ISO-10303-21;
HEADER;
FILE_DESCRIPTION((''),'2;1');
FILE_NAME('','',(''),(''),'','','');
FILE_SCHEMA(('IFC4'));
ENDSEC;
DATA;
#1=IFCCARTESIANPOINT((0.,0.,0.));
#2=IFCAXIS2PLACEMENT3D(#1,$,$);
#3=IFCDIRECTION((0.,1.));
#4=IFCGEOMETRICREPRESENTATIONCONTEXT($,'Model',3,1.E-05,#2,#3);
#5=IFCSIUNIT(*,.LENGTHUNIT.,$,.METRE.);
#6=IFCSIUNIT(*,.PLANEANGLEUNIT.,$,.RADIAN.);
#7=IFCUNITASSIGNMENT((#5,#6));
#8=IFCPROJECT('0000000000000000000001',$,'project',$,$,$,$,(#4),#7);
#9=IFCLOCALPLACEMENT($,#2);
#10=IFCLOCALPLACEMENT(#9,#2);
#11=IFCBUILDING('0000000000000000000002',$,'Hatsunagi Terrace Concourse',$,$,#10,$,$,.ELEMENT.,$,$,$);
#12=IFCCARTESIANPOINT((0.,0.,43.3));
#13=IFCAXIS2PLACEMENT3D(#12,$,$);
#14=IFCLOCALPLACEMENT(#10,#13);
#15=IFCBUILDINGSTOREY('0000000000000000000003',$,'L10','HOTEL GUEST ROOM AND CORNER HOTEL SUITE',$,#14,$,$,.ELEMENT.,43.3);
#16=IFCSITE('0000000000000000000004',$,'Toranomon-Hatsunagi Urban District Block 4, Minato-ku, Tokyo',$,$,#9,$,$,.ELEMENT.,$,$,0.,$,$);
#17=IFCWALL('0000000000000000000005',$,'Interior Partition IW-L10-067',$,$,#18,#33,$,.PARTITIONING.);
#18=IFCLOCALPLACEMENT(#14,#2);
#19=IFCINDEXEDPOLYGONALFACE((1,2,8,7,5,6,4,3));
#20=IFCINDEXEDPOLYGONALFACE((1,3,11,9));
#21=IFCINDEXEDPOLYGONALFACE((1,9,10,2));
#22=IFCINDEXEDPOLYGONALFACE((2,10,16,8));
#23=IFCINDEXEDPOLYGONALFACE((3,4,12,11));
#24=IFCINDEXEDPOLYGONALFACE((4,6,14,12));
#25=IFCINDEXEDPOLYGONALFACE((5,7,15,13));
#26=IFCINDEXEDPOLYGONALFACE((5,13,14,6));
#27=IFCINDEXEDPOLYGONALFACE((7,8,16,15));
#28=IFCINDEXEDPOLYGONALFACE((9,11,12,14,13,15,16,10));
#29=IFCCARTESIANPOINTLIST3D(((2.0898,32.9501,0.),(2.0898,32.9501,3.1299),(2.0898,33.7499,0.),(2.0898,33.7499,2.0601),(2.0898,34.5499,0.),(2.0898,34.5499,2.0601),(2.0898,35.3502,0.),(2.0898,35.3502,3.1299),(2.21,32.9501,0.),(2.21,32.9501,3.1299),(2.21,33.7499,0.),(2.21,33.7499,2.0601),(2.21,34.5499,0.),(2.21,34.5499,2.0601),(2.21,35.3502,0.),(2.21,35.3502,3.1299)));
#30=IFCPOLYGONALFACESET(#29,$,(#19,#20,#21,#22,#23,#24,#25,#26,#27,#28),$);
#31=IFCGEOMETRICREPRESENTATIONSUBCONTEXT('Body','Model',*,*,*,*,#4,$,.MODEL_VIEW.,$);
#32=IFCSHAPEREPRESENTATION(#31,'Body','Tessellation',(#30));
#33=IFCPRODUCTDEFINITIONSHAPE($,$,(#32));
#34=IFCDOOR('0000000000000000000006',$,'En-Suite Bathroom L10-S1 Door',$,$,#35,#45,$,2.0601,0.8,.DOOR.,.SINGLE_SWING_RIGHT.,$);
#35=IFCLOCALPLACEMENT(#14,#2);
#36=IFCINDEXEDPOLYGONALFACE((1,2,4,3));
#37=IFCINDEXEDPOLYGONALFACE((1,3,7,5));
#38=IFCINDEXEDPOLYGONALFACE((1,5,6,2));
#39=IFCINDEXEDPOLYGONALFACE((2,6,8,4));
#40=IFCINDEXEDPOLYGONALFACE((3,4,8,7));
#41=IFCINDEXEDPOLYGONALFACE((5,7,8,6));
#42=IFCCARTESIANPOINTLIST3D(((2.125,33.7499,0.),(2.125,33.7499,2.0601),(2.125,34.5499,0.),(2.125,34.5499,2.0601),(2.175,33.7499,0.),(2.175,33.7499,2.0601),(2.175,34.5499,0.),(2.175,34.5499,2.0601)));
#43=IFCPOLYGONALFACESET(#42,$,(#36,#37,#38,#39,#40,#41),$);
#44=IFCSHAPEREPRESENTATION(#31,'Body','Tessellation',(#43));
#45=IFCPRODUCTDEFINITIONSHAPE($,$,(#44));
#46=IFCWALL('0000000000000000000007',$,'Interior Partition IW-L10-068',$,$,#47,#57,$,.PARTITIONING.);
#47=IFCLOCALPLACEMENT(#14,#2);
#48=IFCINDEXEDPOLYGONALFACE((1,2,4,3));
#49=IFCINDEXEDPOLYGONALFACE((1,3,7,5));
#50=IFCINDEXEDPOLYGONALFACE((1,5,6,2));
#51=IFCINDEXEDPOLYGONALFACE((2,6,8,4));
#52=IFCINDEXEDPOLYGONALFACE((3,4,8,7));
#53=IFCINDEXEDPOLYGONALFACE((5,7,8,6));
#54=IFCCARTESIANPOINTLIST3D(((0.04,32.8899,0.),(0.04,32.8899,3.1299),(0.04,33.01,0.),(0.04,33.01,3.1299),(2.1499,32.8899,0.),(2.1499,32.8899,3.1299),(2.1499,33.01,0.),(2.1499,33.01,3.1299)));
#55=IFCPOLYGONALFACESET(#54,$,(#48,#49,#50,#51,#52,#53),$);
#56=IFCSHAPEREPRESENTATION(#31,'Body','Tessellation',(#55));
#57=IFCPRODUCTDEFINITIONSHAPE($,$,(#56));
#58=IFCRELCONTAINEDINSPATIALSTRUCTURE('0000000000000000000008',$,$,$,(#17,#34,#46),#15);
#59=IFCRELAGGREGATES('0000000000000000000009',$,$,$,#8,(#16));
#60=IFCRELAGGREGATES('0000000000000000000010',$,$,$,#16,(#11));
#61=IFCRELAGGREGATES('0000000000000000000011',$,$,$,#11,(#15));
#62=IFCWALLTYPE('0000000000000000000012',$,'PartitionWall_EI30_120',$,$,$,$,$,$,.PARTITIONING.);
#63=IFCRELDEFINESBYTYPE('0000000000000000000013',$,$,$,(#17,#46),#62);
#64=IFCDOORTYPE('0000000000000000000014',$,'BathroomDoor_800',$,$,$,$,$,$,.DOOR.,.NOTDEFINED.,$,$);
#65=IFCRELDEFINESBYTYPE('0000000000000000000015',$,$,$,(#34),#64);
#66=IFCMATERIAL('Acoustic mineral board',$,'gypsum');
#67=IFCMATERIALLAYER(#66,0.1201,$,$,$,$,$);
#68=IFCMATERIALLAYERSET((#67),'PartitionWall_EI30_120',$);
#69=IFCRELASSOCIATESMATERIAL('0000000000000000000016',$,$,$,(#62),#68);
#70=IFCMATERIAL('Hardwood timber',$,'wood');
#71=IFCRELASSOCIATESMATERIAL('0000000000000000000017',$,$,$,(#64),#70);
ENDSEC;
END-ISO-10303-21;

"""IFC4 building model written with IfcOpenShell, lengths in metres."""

from ifc_helpers import new_model, si_unit, direction, frame, frame_2d, origin, place, context, subcontext, project, spatial, rectangle, extrude, material, layer, layer_set, type_object, element, fill, save


model = new_model("IFC4")

# Units and contexts
model_context = context("Model", 3, precision=1e-05, world=origin(), true_north=direction((0.0, 1.0)))
body_context = subcontext(model_context, "Body", "Model", "MODEL_VIEW")
ifc_project = project(units=[si_unit("LENGTHUNIT", "METRE"), si_unit("PLANEANGLEUNIT", "RADIAN")], contexts=[model_context])

# Site, building, storey
site_placement = place(None, origin())
site = spatial("IfcSite", under=ifc_project, at=site_placement, Name="Toranomon-Hatsunagi Urban District Block 4, Minato-ku, Tokyo", CompositionType="ELEMENT", RefElevation=0.0)
building_placement = place(site_placement, origin())
building = spatial("IfcBuilding", under=site, at=building_placement, Name="Hatsunagi Terrace Concourse", CompositionType="ELEMENT")
storey_placement = place(building_placement, frame((0.0, 0.0, 43.3)))
storey = spatial("IfcBuildingStorey", under=building, at=storey_placement, Name="L10", Description="HOTEL GUEST ROOM AND CORNER HOTEL SUITE", CompositionType="ELEMENT", Elevation=43.3)

# Wall, opening, door
ifc_material_1 = material(Name="Acoustic mineral board", Category="gypsum")
ifc_layer_1 = layer(ifc_material_1, 0.1201)
ifc_layer_set_1 = layer_set([ifc_layer_1], Name="PartitionWall_EI30_120")
wall_type = type_object("IfcWallType", Name="PartitionWall_EI30_120", PredefinedType="PARTITIONING", material=ifc_layer_set_1)
wall_1_placement = place(storey_placement, frame((2.1499, 32.95, 0.0), z_axis=(0.0, 0.0, 1.0), x_axis=(0.0, 1.0, 0.0)))
wall_1 = element("IfcWall", 1, at=wall_1_placement, inside=storey, type_object=wall_type, Name="Interior Partition IW-L10-067", PredefinedType="PARTITIONING", context=body_context, shape_type="SweptSolid", body=[
    extrude(rectangle(XDim=2.4001, YDim=0.1201, at=frame_2d((1.2002, 0.0))), origin(), (0.0, 0.0, 1.0), 3.1299),
])
opening_placement = place(wall_1_placement, frame((0.8, 0.0, 0.0)))
opening = element("IfcOpeningElement", 2, at=opening_placement, cuts=wall_1, PredefinedType="OPENING", context=body_context, shape_type="SweptSolid", body=[
    extrude(rectangle(XDim=0.8, YDim=2.0601, at=frame_2d((0.3999, 1.03))), frame((0.0, 0.0701, 0.0), z_axis=(0.0, -1.0, 0.0), x_axis=(1.0, 0.0, 0.0)), (0.0, 0.0, 1.0), 0.1401),
])
ifc_material_2 = material(Name="Hardwood timber", Category="wood")
door_type = type_object("IfcDoorType", Name="BathroomDoor_800", OperationType="NOTDEFINED", PredefinedType="DOOR", material=ifc_material_2)
door_placement = place(opening_placement, origin())
door = element("IfcDoor", 3, at=door_placement, inside=storey, type_object=door_type, Name="En-Suite Bathroom L10-S1 Door", OperationType="SINGLE_SWING_RIGHT", OverallHeight=2.0601, OverallWidth=0.8, PredefinedType="DOOR", context=body_context, shape_type="SweptSolid", body=[
    extrude(rectangle(XDim=0.8, YDim=2.0601, at=frame_2d((0.3999, 1.03))), frame((0.0, 0.0249, 0.0), z_axis=(0.0, -1.0, 0.0), x_axis=(1.0, 0.0, 0.0)), (0.0, 0.0, 1.0), 0.05),
])
fill(opening, door)

# Wall
wall_2_placement = place(storey_placement, frame((0.04, 32.95, 0.0), z_axis=(0.0, 0.0, 1.0), x_axis=(1.0, 0.0, 0.0)))
element("IfcWall", 4, at=wall_2_placement, inside=storey, type_object=wall_type, Name="Interior Partition IW-L10-068", PredefinedType="PARTITIONING", context=body_context, shape_type="SweptSolid", body=[
    extrude(rectangle(XDim=2.1099, YDim=0.1201, at=frame_2d((1.0549, 0.0))), origin(), (0.0, 0.0, 1.0), 3.1299),
])

save(model, "model.ifc")
